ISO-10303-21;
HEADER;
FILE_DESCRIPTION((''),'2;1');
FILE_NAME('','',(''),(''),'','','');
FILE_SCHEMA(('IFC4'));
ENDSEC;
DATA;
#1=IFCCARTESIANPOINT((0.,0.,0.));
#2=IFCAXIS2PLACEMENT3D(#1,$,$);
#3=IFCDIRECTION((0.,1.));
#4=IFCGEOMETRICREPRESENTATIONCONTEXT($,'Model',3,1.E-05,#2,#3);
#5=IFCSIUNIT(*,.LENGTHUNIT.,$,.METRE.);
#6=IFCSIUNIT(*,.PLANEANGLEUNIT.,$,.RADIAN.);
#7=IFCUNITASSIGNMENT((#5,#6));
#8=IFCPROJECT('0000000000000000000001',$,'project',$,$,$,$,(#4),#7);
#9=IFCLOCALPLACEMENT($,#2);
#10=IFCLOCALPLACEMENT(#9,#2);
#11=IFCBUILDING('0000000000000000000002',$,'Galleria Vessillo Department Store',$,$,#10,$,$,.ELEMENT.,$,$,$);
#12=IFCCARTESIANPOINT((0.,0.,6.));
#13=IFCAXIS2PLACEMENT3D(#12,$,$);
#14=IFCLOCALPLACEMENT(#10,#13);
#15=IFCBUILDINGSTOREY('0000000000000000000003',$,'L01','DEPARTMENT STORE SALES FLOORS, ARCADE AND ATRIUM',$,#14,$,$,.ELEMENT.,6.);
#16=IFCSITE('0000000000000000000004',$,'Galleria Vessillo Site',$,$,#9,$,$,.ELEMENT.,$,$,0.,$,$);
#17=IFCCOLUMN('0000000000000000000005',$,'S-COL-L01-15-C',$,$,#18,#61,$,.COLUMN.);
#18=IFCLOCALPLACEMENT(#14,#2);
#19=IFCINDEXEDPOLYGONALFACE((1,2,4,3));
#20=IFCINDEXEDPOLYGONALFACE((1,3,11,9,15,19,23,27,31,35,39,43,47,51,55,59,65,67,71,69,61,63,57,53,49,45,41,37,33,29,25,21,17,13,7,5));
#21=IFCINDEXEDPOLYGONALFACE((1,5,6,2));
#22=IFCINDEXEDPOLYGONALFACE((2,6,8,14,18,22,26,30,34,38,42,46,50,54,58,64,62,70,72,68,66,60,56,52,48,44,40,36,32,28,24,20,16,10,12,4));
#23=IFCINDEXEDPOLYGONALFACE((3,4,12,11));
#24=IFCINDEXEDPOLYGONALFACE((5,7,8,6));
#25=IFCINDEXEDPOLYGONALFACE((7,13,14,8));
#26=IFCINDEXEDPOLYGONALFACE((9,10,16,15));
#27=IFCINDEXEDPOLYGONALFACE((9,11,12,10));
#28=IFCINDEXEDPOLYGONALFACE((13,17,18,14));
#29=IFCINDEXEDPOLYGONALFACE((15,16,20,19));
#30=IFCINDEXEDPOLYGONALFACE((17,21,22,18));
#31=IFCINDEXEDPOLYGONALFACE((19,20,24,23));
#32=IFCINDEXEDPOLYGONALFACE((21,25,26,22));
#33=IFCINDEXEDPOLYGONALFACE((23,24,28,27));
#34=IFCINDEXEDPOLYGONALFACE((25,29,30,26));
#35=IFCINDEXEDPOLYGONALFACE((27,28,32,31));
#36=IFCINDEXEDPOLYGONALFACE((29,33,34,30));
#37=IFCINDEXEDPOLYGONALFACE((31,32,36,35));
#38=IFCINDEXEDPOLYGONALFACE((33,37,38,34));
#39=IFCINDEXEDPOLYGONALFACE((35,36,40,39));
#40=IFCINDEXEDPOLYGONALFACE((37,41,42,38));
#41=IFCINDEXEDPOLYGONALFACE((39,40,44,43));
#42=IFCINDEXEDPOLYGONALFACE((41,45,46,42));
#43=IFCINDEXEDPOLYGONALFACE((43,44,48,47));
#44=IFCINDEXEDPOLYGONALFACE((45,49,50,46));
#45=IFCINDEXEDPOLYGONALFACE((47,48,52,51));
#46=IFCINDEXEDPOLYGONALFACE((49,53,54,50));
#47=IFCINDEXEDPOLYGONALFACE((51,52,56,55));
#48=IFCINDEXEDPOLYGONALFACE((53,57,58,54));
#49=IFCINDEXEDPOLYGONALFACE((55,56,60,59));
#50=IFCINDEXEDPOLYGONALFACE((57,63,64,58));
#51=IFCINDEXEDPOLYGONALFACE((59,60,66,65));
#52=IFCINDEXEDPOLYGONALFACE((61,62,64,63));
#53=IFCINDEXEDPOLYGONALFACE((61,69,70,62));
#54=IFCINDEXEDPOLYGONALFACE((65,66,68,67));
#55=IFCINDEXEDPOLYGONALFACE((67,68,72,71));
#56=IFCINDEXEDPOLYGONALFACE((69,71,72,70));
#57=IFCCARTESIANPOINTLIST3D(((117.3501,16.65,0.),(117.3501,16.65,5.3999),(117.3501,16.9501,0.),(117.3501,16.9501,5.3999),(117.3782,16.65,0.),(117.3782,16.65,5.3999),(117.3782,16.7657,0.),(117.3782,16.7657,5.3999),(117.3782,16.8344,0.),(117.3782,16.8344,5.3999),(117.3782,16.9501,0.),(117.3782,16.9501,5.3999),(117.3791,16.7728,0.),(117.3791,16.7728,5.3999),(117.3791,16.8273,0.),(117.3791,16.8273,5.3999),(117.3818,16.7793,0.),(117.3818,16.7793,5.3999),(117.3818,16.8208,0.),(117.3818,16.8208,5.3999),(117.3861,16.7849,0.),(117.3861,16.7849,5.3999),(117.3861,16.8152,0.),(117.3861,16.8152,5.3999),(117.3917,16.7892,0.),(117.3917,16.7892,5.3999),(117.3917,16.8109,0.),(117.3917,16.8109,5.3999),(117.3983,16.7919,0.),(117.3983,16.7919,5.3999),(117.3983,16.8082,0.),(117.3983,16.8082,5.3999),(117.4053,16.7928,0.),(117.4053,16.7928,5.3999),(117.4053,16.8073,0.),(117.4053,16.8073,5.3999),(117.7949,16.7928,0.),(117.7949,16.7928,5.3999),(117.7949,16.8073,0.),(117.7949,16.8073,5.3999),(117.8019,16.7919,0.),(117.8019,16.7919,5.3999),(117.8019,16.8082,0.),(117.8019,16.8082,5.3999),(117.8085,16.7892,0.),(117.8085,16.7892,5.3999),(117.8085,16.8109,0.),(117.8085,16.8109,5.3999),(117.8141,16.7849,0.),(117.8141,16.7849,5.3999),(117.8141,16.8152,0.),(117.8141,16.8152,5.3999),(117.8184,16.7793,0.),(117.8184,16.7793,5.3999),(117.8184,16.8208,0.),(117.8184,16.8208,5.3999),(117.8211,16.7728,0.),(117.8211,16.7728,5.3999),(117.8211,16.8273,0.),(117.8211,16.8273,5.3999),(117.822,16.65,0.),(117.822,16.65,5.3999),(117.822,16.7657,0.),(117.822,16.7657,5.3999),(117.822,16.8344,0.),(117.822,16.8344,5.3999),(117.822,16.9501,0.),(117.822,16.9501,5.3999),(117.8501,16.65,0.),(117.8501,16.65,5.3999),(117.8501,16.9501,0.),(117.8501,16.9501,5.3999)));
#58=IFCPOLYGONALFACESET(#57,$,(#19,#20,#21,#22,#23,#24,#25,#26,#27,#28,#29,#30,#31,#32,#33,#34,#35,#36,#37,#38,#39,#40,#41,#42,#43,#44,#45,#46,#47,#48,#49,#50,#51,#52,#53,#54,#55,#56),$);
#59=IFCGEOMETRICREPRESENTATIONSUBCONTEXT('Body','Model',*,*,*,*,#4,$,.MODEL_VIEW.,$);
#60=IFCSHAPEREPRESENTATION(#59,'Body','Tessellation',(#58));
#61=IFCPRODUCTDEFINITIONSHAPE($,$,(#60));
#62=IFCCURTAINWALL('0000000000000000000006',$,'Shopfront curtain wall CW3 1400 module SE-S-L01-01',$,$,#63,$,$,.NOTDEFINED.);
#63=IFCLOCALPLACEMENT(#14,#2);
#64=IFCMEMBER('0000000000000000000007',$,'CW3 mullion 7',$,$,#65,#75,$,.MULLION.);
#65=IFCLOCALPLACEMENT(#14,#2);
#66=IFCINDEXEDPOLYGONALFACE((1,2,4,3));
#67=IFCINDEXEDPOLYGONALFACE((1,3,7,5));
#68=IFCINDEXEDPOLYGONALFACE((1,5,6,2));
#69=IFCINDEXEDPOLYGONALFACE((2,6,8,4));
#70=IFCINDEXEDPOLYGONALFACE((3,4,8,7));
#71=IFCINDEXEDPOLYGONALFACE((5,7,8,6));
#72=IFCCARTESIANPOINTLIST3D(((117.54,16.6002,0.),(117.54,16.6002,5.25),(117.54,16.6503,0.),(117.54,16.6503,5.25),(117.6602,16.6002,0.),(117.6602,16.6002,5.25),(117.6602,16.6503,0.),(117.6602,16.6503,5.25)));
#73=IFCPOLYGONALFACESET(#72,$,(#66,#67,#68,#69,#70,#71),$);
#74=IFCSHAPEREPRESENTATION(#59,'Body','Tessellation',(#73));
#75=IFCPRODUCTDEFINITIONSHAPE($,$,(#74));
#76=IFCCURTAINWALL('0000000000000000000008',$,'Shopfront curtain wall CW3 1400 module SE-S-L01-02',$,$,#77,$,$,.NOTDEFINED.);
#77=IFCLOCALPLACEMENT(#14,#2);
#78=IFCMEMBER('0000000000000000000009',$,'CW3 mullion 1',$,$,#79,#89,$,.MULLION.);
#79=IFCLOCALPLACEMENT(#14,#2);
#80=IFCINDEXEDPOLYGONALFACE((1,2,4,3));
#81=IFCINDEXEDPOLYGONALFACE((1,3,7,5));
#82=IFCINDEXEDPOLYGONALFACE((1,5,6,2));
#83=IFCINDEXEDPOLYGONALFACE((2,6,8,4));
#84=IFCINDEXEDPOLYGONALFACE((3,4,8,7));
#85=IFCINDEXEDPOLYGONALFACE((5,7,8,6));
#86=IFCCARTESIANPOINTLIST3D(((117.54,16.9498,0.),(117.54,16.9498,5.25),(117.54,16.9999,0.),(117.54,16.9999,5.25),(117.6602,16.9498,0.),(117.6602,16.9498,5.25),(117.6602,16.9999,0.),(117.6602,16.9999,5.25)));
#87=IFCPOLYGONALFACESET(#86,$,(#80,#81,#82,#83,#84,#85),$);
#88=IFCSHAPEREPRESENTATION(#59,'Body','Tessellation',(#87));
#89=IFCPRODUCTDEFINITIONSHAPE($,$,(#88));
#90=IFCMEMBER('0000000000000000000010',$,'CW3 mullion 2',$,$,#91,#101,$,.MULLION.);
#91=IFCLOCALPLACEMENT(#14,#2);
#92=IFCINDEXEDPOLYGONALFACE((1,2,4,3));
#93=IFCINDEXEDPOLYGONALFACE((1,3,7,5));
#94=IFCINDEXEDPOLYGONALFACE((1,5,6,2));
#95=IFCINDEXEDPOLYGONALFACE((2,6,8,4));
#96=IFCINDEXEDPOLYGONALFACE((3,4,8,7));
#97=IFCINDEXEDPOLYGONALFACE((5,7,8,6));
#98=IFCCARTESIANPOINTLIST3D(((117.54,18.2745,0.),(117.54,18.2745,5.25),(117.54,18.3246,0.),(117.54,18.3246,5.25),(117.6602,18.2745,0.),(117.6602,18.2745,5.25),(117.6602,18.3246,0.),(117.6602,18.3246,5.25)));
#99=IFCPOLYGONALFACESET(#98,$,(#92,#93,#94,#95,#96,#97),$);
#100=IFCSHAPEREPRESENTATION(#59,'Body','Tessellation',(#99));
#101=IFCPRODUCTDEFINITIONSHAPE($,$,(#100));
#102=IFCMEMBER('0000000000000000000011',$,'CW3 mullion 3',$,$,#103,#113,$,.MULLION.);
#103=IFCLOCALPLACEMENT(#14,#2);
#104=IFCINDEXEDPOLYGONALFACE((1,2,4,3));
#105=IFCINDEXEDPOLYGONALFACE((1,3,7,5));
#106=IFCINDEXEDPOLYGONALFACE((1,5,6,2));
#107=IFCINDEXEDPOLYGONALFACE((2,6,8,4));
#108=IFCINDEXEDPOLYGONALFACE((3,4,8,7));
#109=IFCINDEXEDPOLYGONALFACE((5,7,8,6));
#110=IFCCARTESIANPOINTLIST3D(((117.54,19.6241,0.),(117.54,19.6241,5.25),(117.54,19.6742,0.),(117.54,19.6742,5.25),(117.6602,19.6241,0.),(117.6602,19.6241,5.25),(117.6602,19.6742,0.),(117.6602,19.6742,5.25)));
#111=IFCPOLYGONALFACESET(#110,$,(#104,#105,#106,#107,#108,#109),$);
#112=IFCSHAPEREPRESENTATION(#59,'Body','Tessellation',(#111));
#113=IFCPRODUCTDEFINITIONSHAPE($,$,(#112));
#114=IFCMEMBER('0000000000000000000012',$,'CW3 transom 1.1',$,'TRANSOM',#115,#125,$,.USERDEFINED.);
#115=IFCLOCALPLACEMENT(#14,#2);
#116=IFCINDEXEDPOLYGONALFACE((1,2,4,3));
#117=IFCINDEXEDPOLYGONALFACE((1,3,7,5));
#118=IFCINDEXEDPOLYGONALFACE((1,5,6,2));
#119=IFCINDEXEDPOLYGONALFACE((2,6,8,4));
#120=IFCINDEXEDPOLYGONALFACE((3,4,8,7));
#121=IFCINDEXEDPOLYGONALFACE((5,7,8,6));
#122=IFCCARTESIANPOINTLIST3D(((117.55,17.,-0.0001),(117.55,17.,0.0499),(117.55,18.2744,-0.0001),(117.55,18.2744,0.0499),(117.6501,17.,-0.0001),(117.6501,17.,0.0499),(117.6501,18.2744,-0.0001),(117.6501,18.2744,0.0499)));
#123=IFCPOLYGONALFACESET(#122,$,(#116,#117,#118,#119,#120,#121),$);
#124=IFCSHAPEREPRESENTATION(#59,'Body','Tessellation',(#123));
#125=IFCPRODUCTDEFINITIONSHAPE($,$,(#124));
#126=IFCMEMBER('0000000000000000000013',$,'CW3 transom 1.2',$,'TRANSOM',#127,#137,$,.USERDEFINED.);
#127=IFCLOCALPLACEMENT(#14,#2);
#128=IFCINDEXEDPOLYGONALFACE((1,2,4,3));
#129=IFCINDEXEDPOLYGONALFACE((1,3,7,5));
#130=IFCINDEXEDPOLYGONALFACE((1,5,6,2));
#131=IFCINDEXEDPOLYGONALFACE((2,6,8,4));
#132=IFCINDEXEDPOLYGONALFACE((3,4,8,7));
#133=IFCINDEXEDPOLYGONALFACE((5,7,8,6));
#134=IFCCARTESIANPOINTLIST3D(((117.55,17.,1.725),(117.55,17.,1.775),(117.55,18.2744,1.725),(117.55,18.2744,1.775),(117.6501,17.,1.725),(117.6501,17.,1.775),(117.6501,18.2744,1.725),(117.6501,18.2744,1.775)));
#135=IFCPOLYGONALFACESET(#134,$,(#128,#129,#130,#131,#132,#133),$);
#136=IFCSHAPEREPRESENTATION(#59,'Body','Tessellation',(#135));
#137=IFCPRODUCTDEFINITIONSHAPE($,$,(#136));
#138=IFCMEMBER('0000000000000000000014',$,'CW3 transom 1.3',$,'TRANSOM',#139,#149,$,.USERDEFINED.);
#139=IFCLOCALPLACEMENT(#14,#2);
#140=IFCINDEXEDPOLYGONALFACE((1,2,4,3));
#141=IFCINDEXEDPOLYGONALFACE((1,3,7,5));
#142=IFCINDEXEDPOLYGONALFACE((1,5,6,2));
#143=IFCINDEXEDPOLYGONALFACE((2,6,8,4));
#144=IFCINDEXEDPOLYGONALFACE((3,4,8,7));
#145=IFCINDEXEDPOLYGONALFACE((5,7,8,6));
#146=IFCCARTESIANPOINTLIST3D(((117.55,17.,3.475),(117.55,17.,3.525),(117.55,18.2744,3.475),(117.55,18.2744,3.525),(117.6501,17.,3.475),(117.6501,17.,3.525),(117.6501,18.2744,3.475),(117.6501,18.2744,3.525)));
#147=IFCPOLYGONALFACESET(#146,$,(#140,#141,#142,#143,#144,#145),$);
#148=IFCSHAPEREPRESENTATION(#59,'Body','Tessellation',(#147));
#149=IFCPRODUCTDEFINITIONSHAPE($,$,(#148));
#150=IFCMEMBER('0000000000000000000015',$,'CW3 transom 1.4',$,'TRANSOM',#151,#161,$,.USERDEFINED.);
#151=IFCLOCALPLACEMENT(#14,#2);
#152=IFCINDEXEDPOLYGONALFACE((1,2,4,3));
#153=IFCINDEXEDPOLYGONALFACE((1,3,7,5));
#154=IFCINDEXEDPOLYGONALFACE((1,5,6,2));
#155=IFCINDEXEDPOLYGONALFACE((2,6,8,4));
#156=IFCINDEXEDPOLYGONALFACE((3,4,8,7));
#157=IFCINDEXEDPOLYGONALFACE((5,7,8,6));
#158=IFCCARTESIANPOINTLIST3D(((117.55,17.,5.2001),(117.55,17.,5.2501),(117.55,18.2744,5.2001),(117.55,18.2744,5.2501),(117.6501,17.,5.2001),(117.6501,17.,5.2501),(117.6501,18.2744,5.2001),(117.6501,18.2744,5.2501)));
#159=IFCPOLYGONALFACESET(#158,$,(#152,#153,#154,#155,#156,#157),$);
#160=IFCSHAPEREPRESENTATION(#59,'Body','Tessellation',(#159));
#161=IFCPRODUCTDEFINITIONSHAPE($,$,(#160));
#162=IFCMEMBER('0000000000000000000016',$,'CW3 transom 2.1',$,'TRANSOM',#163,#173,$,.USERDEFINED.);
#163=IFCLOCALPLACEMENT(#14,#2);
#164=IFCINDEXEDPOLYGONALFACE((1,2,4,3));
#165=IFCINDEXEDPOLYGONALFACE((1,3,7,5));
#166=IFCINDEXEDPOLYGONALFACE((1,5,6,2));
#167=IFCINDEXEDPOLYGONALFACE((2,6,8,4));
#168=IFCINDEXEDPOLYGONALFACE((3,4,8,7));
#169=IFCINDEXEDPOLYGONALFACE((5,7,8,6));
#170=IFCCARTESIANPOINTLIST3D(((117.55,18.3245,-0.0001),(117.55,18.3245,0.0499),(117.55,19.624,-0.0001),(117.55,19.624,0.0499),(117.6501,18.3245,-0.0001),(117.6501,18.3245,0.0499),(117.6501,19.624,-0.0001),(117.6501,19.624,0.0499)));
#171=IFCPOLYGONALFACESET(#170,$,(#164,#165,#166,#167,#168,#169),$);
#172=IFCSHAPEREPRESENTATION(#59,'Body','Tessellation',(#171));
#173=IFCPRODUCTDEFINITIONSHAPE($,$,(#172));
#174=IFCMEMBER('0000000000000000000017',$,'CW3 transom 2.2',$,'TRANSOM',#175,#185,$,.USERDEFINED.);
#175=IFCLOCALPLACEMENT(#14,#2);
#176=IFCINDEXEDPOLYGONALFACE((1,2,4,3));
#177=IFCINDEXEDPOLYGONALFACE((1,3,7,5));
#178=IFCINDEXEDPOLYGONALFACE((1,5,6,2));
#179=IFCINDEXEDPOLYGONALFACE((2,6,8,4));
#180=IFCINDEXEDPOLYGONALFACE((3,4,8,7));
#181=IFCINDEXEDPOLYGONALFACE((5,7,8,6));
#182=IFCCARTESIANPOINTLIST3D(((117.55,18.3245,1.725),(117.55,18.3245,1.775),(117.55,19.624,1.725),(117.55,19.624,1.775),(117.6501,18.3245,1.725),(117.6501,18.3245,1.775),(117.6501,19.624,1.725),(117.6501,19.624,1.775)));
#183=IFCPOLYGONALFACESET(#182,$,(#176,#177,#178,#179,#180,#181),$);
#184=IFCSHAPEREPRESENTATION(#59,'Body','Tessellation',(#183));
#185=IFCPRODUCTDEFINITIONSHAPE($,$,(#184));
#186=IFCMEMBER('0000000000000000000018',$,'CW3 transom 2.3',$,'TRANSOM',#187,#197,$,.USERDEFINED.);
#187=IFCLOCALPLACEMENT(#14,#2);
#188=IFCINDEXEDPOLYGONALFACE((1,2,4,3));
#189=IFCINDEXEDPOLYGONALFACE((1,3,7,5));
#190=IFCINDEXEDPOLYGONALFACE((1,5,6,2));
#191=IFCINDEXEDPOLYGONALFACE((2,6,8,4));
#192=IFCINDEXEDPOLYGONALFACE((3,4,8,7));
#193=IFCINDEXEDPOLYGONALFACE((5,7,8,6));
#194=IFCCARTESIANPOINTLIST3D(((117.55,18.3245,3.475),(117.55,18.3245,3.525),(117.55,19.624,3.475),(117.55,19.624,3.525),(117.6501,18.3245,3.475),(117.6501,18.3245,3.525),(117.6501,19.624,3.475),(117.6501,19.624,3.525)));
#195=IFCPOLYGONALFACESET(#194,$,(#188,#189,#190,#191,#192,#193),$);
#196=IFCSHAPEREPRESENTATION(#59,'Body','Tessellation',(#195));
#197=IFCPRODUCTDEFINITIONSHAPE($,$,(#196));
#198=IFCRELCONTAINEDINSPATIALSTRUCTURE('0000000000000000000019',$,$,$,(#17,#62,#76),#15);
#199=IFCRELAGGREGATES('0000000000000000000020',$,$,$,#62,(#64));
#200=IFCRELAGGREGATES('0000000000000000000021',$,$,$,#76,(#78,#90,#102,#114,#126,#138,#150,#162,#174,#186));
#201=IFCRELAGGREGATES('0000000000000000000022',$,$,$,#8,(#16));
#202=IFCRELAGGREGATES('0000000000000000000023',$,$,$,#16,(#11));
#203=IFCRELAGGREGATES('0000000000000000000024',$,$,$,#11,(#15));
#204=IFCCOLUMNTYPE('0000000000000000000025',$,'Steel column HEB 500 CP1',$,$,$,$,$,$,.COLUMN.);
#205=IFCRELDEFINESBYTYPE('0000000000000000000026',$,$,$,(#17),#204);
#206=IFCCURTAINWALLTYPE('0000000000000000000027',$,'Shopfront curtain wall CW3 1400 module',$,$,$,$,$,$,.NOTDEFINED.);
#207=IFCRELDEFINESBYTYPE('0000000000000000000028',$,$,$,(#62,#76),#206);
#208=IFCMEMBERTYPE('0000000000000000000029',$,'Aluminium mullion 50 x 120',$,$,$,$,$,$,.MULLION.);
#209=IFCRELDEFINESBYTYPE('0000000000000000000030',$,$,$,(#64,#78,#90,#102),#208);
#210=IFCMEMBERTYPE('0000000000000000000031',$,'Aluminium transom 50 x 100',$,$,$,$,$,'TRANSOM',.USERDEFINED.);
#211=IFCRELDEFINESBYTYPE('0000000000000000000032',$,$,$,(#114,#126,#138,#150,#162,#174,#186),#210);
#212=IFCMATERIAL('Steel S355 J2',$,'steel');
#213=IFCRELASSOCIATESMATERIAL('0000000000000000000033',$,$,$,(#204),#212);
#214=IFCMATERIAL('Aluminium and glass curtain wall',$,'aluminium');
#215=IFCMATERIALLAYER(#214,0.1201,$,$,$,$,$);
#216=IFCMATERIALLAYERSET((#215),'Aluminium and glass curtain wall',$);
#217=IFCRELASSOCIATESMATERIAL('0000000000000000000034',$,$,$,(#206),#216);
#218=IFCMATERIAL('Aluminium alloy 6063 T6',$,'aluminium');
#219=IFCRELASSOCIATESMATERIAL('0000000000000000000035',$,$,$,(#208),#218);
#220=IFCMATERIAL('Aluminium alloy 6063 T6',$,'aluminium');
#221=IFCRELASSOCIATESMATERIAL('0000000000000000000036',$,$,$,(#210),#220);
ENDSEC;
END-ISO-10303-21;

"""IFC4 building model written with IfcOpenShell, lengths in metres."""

from ifc_helpers import new_model, si_unit, direction, frame, origin, origin_2d, place, context, subcontext, project, spatial, rectangle, i_section, extrude, material, layer, layer_set, material_profile, profile_set, type_object, element, aggregate, save


model = new_model("IFC4")

# Units and contexts
model_context = context("Model", 3, precision=1e-05, world=origin(), true_north=direction((0.0, 1.0)))
body_context = subcontext(model_context, "Body", "Model", "MODEL_VIEW")
ifc_project = project(units=[si_unit("LENGTHUNIT", "METRE"), si_unit("PLANEANGLEUNIT", "RADIAN")], contexts=[model_context])

# Site, building, storey
site_placement = place(None, origin())
site = spatial("IfcSite", under=ifc_project, at=site_placement, Name="Galleria Vessillo Site", CompositionType="ELEMENT", RefElevation=0.0)
building_placement = place(site_placement, origin())
building = spatial("IfcBuilding", under=site, at=building_placement, Name="Galleria Vessillo Department Store", CompositionType="ELEMENT")
storey_placement = place(building_placement, frame((0.0, 0.0, 6.0)))
storey = spatial("IfcBuildingStorey", under=building, at=storey_placement, Name="L01", Description="DEPARTMENT STORE SALES FLOORS, ARCADE AND ATRIUM", CompositionType="ELEMENT", Elevation=6.0)

# Column
ifc_material_1 = material(Name="Steel S355 J2", Category="steel")
ifc_material_profile_1 = material_profile(ifc_material_1, i_section(OverallWidth=0.3, OverallDepth=0.5, WebThickness=0.0144, FlangeThickness=0.0281, FilletRadius=0.0271, at=origin_2d()), Name="HEB 500")
ifc_profile_set_1 = profile_set([ifc_material_profile_1], Name="Steel S355 J2")
column_type = type_object("IfcColumnType", Name="Steel column HEB 500 CP1", PredefinedType="COLUMN", material=ifc_profile_set_1)
column_placement = place(storey_placement, frame((117.6001, 16.8, 0.0), z_axis=(0.0, 0.0, 1.0), x_axis=(0.0, 1.0, 0.0)))
element("IfcColumn", 1, at=column_placement, inside=storey, type_object=column_type, Name="S-COL-L01-15-C", PredefinedType="COLUMN", context=body_context, shape_type="SweptSolid", body=[
    extrude(i_section(OverallWidth=0.3, OverallDepth=0.5, WebThickness=0.0144, FlangeThickness=0.0281, FilletRadius=0.0271, at=origin_2d()), origin(), (0.0, 0.0, 1.0), 5.3999),
])

# Curtain wall, member
ifc_material_2 = material(Name="Aluminium and glass curtain wall", Category="aluminium")
ifc_layer_1 = layer(ifc_material_2, 0.1201)
ifc_layer_set_1 = layer_set([ifc_layer_1], Name="Aluminium and glass curtain wall")
curtain_wall_type = type_object("IfcCurtainWallType", Name="Shopfront curtain wall CW3 1400 module", PredefinedType="NOTDEFINED", material=ifc_layer_set_1)
curtain_wall_1_placement = place(storey_placement, origin())
curtain_wall_1 = element("IfcCurtainWall", 2, at=curtain_wall_1_placement, inside=storey, type_object=curtain_wall_type, Name="Shopfront curtain wall CW3 1400 module SE-S-L01-01", PredefinedType="NOTDEFINED")
ifc_material_3 = material(Name="Aluminium alloy 6063 T6", Category="aluminium")
ifc_material_profile_2 = material_profile(ifc_material_3, rectangle(XDim=0.1201, YDim=0.05, at=origin_2d()), Name="AL 50x120")
ifc_profile_set_2 = profile_set([ifc_material_profile_2], Name="Aluminium alloy 6063 T6")
member_type_1 = type_object("IfcMemberType", Name="Aluminium mullion 50 x 120", PredefinedType="MULLION", material=ifc_profile_set_2)
member_1_placement = place(storey_placement, frame((117.6001, 16.6252, 0.0), z_axis=(0.0, 0.0, 1.0), x_axis=(-1.0, 0.0, 0.0)))
member_1 = element("IfcMember", 3, at=member_1_placement, type_object=member_type_1, Name="CW3 mullion 7", PredefinedType="MULLION", context=body_context, shape_type="SweptSolid", body=[
    extrude(rectangle(XDim=0.1201, YDim=0.05, at=origin_2d()), origin(), (0.0, 0.0, 1.0), 5.25),
])

# Curtain wall, members
curtain_wall_2_placement = place(storey_placement, origin())
curtain_wall_2 = element("IfcCurtainWall", 4, at=curtain_wall_2_placement, inside=storey, type_object=curtain_wall_type, Name="Shopfront curtain wall CW3 1400 module SE-S-L01-02", PredefinedType="NOTDEFINED")
member_2_placement = place(storey_placement, frame((117.6001, 16.9749, 0.0), z_axis=(0.0, 0.0, 1.0), x_axis=(-1.0, 0.0, 0.0)))
member_2 = element("IfcMember", 5, at=member_2_placement, type_object=member_type_1, Name="CW3 mullion 1", PredefinedType="MULLION", context=body_context, shape_type="SweptSolid", body=[
    extrude(rectangle(XDim=0.1201, YDim=0.05, at=origin_2d()), origin(), (0.0, 0.0, 1.0), 5.25),
])
member_3_placement = place(storey_placement, frame((117.6001, 18.2996, 0.0), z_axis=(0.0, 0.0, 1.0), x_axis=(-1.0, 0.0, 0.0)))
member_3 = element("IfcMember", 6, at=member_3_placement, type_object=member_type_1, Name="CW3 mullion 2", PredefinedType="MULLION", context=body_context, shape_type="SweptSolid", body=[
    extrude(rectangle(XDim=0.1201, YDim=0.05, at=origin_2d()), origin(), (0.0, 0.0, 1.0), 5.25),
])
member_4_placement = place(storey_placement, frame((117.6001, 19.6492, 0.0), z_axis=(0.0, 0.0, 1.0), x_axis=(-1.0, 0.0, 0.0)))
member_4 = element("IfcMember", 7, at=member_4_placement, type_object=member_type_1, Name="CW3 mullion 3", PredefinedType="MULLION", context=body_context, shape_type="SweptSolid", body=[
    extrude(rectangle(XDim=0.1201, YDim=0.05, at=origin_2d()), origin(), (0.0, 0.0, 1.0), 5.25),
])
ifc_material_4 = material(Name="Aluminium alloy 6063 T6", Category="aluminium")
ifc_material_profile_3 = material_profile(ifc_material_4, rectangle(XDim=0.1001, YDim=0.05, at=origin_2d()), Name="AL 50x100")
ifc_profile_set_3 = profile_set([ifc_material_profile_3], Name="Aluminium alloy 6063 T6")
member_type_2 = type_object("IfcMemberType", Name="Aluminium transom 50 x 100", ElementType="TRANSOM", PredefinedType="USERDEFINED", material=ifc_profile_set_3)
member_5_placement = place(storey_placement, frame((117.6001, 17.0, 0.0249), z_axis=(0.0, 1.0, 0.0), x_axis=(-1.0, 0.0, 0.0)))
member_5 = element("IfcMember", 8, at=member_5_placement, type_object=member_type_2, Name="CW3 transom 1.1", ObjectType="TRANSOM", PredefinedType="USERDEFINED", context=body_context, shape_type="SweptSolid", body=[
    extrude(rectangle(XDim=0.1001, YDim=0.05, at=origin_2d()), origin(), (0.0, 0.0, 1.0), 1.2744),
])
member_6_placement = place(storey_placement, frame((117.6001, 17.0, 1.75), z_axis=(0.0, 1.0, 0.0), x_axis=(-1.0, 0.0, 0.0)))
member_6 = element("IfcMember", 9, at=member_6_placement, type_object=member_type_2, Name="CW3 transom 1.2", ObjectType="TRANSOM", PredefinedType="USERDEFINED", context=body_context, shape_type="SweptSolid", body=[
    extrude(rectangle(XDim=0.1001, YDim=0.05, at=origin_2d()), origin(), (0.0, 0.0, 1.0), 1.2744),
])
member_7_placement = place(storey_placement, frame((117.6001, 17.0, 3.5), z_axis=(0.0, 1.0, 0.0), x_axis=(-1.0, 0.0, 0.0)))
member_7 = element("IfcMember", 10, at=member_7_placement, type_object=member_type_2, Name="CW3 transom 1.3", ObjectType="TRANSOM", PredefinedType="USERDEFINED", context=body_context, shape_type="SweptSolid", body=[
    extrude(rectangle(XDim=0.1001, YDim=0.05, at=origin_2d()), origin(), (0.0, 0.0, 1.0), 1.2744),
])
member_8_placement = place(storey_placement, frame((117.6001, 17.0, 5.2251), z_axis=(0.0, 1.0, 0.0), x_axis=(-1.0, 0.0, 0.0)))
member_8 = element("IfcMember", 11, at=member_8_placement, type_object=member_type_2, Name="CW3 transom 1.4", ObjectType="TRANSOM", PredefinedType="USERDEFINED", context=body_context, shape_type="SweptSolid", body=[
    extrude(rectangle(XDim=0.1001, YDim=0.05, at=origin_2d()), origin(), (0.0, 0.0, 1.0), 1.2744),
])
member_9_placement = place(storey_placement, frame((117.6001, 18.3245, 0.0249), z_axis=(0.0, 1.0, 0.0), x_axis=(-1.0, 0.0, 0.0)))
member_9 = element("IfcMember", 12, at=member_9_placement, type_object=member_type_2, Name="CW3 transom 2.1", ObjectType="TRANSOM", PredefinedType="USERDEFINED", context=body_context, shape_type="SweptSolid", body=[
    extrude(rectangle(XDim=0.1001, YDim=0.05, at=origin_2d()), origin(), (0.0, 0.0, 1.0), 1.2996),
])
member_10_placement = place(storey_placement, frame((117.6001, 18.3245, 1.75), z_axis=(0.0, 1.0, 0.0), x_axis=(-1.0, 0.0, 0.0)))
member_10 = element("IfcMember", 13, at=member_10_placement, type_object=member_type_2, Name="CW3 transom 2.2", ObjectType="TRANSOM", PredefinedType="USERDEFINED", context=body_context, shape_type="SweptSolid", body=[
    extrude(rectangle(XDim=0.1001, YDim=0.05, at=origin_2d()), origin(), (0.0, 0.0, 1.0), 1.2996),
])
member_11_placement = place(storey_placement, frame((117.6001, 18.3245, 3.5), z_axis=(0.0, 1.0, 0.0), x_axis=(-1.0, 0.0, 0.0)))
member_11 = element("IfcMember", 14, at=member_11_placement, type_object=member_type_2, Name="CW3 transom 2.3", ObjectType="TRANSOM", PredefinedType="USERDEFINED", context=body_context, shape_type="SweptSolid", body=[
    extrude(rectangle(XDim=0.1001, YDim=0.05, at=origin_2d()), origin(), (0.0, 0.0, 1.0), 1.2996),
])

aggregate(curtain_wall_1, [member_1])
aggregate(curtain_wall_2, [member_2, member_3, member_4, member_5, member_6, member_7, member_8, member_9, member_10, member_11])

save(model, "model.ifc")
